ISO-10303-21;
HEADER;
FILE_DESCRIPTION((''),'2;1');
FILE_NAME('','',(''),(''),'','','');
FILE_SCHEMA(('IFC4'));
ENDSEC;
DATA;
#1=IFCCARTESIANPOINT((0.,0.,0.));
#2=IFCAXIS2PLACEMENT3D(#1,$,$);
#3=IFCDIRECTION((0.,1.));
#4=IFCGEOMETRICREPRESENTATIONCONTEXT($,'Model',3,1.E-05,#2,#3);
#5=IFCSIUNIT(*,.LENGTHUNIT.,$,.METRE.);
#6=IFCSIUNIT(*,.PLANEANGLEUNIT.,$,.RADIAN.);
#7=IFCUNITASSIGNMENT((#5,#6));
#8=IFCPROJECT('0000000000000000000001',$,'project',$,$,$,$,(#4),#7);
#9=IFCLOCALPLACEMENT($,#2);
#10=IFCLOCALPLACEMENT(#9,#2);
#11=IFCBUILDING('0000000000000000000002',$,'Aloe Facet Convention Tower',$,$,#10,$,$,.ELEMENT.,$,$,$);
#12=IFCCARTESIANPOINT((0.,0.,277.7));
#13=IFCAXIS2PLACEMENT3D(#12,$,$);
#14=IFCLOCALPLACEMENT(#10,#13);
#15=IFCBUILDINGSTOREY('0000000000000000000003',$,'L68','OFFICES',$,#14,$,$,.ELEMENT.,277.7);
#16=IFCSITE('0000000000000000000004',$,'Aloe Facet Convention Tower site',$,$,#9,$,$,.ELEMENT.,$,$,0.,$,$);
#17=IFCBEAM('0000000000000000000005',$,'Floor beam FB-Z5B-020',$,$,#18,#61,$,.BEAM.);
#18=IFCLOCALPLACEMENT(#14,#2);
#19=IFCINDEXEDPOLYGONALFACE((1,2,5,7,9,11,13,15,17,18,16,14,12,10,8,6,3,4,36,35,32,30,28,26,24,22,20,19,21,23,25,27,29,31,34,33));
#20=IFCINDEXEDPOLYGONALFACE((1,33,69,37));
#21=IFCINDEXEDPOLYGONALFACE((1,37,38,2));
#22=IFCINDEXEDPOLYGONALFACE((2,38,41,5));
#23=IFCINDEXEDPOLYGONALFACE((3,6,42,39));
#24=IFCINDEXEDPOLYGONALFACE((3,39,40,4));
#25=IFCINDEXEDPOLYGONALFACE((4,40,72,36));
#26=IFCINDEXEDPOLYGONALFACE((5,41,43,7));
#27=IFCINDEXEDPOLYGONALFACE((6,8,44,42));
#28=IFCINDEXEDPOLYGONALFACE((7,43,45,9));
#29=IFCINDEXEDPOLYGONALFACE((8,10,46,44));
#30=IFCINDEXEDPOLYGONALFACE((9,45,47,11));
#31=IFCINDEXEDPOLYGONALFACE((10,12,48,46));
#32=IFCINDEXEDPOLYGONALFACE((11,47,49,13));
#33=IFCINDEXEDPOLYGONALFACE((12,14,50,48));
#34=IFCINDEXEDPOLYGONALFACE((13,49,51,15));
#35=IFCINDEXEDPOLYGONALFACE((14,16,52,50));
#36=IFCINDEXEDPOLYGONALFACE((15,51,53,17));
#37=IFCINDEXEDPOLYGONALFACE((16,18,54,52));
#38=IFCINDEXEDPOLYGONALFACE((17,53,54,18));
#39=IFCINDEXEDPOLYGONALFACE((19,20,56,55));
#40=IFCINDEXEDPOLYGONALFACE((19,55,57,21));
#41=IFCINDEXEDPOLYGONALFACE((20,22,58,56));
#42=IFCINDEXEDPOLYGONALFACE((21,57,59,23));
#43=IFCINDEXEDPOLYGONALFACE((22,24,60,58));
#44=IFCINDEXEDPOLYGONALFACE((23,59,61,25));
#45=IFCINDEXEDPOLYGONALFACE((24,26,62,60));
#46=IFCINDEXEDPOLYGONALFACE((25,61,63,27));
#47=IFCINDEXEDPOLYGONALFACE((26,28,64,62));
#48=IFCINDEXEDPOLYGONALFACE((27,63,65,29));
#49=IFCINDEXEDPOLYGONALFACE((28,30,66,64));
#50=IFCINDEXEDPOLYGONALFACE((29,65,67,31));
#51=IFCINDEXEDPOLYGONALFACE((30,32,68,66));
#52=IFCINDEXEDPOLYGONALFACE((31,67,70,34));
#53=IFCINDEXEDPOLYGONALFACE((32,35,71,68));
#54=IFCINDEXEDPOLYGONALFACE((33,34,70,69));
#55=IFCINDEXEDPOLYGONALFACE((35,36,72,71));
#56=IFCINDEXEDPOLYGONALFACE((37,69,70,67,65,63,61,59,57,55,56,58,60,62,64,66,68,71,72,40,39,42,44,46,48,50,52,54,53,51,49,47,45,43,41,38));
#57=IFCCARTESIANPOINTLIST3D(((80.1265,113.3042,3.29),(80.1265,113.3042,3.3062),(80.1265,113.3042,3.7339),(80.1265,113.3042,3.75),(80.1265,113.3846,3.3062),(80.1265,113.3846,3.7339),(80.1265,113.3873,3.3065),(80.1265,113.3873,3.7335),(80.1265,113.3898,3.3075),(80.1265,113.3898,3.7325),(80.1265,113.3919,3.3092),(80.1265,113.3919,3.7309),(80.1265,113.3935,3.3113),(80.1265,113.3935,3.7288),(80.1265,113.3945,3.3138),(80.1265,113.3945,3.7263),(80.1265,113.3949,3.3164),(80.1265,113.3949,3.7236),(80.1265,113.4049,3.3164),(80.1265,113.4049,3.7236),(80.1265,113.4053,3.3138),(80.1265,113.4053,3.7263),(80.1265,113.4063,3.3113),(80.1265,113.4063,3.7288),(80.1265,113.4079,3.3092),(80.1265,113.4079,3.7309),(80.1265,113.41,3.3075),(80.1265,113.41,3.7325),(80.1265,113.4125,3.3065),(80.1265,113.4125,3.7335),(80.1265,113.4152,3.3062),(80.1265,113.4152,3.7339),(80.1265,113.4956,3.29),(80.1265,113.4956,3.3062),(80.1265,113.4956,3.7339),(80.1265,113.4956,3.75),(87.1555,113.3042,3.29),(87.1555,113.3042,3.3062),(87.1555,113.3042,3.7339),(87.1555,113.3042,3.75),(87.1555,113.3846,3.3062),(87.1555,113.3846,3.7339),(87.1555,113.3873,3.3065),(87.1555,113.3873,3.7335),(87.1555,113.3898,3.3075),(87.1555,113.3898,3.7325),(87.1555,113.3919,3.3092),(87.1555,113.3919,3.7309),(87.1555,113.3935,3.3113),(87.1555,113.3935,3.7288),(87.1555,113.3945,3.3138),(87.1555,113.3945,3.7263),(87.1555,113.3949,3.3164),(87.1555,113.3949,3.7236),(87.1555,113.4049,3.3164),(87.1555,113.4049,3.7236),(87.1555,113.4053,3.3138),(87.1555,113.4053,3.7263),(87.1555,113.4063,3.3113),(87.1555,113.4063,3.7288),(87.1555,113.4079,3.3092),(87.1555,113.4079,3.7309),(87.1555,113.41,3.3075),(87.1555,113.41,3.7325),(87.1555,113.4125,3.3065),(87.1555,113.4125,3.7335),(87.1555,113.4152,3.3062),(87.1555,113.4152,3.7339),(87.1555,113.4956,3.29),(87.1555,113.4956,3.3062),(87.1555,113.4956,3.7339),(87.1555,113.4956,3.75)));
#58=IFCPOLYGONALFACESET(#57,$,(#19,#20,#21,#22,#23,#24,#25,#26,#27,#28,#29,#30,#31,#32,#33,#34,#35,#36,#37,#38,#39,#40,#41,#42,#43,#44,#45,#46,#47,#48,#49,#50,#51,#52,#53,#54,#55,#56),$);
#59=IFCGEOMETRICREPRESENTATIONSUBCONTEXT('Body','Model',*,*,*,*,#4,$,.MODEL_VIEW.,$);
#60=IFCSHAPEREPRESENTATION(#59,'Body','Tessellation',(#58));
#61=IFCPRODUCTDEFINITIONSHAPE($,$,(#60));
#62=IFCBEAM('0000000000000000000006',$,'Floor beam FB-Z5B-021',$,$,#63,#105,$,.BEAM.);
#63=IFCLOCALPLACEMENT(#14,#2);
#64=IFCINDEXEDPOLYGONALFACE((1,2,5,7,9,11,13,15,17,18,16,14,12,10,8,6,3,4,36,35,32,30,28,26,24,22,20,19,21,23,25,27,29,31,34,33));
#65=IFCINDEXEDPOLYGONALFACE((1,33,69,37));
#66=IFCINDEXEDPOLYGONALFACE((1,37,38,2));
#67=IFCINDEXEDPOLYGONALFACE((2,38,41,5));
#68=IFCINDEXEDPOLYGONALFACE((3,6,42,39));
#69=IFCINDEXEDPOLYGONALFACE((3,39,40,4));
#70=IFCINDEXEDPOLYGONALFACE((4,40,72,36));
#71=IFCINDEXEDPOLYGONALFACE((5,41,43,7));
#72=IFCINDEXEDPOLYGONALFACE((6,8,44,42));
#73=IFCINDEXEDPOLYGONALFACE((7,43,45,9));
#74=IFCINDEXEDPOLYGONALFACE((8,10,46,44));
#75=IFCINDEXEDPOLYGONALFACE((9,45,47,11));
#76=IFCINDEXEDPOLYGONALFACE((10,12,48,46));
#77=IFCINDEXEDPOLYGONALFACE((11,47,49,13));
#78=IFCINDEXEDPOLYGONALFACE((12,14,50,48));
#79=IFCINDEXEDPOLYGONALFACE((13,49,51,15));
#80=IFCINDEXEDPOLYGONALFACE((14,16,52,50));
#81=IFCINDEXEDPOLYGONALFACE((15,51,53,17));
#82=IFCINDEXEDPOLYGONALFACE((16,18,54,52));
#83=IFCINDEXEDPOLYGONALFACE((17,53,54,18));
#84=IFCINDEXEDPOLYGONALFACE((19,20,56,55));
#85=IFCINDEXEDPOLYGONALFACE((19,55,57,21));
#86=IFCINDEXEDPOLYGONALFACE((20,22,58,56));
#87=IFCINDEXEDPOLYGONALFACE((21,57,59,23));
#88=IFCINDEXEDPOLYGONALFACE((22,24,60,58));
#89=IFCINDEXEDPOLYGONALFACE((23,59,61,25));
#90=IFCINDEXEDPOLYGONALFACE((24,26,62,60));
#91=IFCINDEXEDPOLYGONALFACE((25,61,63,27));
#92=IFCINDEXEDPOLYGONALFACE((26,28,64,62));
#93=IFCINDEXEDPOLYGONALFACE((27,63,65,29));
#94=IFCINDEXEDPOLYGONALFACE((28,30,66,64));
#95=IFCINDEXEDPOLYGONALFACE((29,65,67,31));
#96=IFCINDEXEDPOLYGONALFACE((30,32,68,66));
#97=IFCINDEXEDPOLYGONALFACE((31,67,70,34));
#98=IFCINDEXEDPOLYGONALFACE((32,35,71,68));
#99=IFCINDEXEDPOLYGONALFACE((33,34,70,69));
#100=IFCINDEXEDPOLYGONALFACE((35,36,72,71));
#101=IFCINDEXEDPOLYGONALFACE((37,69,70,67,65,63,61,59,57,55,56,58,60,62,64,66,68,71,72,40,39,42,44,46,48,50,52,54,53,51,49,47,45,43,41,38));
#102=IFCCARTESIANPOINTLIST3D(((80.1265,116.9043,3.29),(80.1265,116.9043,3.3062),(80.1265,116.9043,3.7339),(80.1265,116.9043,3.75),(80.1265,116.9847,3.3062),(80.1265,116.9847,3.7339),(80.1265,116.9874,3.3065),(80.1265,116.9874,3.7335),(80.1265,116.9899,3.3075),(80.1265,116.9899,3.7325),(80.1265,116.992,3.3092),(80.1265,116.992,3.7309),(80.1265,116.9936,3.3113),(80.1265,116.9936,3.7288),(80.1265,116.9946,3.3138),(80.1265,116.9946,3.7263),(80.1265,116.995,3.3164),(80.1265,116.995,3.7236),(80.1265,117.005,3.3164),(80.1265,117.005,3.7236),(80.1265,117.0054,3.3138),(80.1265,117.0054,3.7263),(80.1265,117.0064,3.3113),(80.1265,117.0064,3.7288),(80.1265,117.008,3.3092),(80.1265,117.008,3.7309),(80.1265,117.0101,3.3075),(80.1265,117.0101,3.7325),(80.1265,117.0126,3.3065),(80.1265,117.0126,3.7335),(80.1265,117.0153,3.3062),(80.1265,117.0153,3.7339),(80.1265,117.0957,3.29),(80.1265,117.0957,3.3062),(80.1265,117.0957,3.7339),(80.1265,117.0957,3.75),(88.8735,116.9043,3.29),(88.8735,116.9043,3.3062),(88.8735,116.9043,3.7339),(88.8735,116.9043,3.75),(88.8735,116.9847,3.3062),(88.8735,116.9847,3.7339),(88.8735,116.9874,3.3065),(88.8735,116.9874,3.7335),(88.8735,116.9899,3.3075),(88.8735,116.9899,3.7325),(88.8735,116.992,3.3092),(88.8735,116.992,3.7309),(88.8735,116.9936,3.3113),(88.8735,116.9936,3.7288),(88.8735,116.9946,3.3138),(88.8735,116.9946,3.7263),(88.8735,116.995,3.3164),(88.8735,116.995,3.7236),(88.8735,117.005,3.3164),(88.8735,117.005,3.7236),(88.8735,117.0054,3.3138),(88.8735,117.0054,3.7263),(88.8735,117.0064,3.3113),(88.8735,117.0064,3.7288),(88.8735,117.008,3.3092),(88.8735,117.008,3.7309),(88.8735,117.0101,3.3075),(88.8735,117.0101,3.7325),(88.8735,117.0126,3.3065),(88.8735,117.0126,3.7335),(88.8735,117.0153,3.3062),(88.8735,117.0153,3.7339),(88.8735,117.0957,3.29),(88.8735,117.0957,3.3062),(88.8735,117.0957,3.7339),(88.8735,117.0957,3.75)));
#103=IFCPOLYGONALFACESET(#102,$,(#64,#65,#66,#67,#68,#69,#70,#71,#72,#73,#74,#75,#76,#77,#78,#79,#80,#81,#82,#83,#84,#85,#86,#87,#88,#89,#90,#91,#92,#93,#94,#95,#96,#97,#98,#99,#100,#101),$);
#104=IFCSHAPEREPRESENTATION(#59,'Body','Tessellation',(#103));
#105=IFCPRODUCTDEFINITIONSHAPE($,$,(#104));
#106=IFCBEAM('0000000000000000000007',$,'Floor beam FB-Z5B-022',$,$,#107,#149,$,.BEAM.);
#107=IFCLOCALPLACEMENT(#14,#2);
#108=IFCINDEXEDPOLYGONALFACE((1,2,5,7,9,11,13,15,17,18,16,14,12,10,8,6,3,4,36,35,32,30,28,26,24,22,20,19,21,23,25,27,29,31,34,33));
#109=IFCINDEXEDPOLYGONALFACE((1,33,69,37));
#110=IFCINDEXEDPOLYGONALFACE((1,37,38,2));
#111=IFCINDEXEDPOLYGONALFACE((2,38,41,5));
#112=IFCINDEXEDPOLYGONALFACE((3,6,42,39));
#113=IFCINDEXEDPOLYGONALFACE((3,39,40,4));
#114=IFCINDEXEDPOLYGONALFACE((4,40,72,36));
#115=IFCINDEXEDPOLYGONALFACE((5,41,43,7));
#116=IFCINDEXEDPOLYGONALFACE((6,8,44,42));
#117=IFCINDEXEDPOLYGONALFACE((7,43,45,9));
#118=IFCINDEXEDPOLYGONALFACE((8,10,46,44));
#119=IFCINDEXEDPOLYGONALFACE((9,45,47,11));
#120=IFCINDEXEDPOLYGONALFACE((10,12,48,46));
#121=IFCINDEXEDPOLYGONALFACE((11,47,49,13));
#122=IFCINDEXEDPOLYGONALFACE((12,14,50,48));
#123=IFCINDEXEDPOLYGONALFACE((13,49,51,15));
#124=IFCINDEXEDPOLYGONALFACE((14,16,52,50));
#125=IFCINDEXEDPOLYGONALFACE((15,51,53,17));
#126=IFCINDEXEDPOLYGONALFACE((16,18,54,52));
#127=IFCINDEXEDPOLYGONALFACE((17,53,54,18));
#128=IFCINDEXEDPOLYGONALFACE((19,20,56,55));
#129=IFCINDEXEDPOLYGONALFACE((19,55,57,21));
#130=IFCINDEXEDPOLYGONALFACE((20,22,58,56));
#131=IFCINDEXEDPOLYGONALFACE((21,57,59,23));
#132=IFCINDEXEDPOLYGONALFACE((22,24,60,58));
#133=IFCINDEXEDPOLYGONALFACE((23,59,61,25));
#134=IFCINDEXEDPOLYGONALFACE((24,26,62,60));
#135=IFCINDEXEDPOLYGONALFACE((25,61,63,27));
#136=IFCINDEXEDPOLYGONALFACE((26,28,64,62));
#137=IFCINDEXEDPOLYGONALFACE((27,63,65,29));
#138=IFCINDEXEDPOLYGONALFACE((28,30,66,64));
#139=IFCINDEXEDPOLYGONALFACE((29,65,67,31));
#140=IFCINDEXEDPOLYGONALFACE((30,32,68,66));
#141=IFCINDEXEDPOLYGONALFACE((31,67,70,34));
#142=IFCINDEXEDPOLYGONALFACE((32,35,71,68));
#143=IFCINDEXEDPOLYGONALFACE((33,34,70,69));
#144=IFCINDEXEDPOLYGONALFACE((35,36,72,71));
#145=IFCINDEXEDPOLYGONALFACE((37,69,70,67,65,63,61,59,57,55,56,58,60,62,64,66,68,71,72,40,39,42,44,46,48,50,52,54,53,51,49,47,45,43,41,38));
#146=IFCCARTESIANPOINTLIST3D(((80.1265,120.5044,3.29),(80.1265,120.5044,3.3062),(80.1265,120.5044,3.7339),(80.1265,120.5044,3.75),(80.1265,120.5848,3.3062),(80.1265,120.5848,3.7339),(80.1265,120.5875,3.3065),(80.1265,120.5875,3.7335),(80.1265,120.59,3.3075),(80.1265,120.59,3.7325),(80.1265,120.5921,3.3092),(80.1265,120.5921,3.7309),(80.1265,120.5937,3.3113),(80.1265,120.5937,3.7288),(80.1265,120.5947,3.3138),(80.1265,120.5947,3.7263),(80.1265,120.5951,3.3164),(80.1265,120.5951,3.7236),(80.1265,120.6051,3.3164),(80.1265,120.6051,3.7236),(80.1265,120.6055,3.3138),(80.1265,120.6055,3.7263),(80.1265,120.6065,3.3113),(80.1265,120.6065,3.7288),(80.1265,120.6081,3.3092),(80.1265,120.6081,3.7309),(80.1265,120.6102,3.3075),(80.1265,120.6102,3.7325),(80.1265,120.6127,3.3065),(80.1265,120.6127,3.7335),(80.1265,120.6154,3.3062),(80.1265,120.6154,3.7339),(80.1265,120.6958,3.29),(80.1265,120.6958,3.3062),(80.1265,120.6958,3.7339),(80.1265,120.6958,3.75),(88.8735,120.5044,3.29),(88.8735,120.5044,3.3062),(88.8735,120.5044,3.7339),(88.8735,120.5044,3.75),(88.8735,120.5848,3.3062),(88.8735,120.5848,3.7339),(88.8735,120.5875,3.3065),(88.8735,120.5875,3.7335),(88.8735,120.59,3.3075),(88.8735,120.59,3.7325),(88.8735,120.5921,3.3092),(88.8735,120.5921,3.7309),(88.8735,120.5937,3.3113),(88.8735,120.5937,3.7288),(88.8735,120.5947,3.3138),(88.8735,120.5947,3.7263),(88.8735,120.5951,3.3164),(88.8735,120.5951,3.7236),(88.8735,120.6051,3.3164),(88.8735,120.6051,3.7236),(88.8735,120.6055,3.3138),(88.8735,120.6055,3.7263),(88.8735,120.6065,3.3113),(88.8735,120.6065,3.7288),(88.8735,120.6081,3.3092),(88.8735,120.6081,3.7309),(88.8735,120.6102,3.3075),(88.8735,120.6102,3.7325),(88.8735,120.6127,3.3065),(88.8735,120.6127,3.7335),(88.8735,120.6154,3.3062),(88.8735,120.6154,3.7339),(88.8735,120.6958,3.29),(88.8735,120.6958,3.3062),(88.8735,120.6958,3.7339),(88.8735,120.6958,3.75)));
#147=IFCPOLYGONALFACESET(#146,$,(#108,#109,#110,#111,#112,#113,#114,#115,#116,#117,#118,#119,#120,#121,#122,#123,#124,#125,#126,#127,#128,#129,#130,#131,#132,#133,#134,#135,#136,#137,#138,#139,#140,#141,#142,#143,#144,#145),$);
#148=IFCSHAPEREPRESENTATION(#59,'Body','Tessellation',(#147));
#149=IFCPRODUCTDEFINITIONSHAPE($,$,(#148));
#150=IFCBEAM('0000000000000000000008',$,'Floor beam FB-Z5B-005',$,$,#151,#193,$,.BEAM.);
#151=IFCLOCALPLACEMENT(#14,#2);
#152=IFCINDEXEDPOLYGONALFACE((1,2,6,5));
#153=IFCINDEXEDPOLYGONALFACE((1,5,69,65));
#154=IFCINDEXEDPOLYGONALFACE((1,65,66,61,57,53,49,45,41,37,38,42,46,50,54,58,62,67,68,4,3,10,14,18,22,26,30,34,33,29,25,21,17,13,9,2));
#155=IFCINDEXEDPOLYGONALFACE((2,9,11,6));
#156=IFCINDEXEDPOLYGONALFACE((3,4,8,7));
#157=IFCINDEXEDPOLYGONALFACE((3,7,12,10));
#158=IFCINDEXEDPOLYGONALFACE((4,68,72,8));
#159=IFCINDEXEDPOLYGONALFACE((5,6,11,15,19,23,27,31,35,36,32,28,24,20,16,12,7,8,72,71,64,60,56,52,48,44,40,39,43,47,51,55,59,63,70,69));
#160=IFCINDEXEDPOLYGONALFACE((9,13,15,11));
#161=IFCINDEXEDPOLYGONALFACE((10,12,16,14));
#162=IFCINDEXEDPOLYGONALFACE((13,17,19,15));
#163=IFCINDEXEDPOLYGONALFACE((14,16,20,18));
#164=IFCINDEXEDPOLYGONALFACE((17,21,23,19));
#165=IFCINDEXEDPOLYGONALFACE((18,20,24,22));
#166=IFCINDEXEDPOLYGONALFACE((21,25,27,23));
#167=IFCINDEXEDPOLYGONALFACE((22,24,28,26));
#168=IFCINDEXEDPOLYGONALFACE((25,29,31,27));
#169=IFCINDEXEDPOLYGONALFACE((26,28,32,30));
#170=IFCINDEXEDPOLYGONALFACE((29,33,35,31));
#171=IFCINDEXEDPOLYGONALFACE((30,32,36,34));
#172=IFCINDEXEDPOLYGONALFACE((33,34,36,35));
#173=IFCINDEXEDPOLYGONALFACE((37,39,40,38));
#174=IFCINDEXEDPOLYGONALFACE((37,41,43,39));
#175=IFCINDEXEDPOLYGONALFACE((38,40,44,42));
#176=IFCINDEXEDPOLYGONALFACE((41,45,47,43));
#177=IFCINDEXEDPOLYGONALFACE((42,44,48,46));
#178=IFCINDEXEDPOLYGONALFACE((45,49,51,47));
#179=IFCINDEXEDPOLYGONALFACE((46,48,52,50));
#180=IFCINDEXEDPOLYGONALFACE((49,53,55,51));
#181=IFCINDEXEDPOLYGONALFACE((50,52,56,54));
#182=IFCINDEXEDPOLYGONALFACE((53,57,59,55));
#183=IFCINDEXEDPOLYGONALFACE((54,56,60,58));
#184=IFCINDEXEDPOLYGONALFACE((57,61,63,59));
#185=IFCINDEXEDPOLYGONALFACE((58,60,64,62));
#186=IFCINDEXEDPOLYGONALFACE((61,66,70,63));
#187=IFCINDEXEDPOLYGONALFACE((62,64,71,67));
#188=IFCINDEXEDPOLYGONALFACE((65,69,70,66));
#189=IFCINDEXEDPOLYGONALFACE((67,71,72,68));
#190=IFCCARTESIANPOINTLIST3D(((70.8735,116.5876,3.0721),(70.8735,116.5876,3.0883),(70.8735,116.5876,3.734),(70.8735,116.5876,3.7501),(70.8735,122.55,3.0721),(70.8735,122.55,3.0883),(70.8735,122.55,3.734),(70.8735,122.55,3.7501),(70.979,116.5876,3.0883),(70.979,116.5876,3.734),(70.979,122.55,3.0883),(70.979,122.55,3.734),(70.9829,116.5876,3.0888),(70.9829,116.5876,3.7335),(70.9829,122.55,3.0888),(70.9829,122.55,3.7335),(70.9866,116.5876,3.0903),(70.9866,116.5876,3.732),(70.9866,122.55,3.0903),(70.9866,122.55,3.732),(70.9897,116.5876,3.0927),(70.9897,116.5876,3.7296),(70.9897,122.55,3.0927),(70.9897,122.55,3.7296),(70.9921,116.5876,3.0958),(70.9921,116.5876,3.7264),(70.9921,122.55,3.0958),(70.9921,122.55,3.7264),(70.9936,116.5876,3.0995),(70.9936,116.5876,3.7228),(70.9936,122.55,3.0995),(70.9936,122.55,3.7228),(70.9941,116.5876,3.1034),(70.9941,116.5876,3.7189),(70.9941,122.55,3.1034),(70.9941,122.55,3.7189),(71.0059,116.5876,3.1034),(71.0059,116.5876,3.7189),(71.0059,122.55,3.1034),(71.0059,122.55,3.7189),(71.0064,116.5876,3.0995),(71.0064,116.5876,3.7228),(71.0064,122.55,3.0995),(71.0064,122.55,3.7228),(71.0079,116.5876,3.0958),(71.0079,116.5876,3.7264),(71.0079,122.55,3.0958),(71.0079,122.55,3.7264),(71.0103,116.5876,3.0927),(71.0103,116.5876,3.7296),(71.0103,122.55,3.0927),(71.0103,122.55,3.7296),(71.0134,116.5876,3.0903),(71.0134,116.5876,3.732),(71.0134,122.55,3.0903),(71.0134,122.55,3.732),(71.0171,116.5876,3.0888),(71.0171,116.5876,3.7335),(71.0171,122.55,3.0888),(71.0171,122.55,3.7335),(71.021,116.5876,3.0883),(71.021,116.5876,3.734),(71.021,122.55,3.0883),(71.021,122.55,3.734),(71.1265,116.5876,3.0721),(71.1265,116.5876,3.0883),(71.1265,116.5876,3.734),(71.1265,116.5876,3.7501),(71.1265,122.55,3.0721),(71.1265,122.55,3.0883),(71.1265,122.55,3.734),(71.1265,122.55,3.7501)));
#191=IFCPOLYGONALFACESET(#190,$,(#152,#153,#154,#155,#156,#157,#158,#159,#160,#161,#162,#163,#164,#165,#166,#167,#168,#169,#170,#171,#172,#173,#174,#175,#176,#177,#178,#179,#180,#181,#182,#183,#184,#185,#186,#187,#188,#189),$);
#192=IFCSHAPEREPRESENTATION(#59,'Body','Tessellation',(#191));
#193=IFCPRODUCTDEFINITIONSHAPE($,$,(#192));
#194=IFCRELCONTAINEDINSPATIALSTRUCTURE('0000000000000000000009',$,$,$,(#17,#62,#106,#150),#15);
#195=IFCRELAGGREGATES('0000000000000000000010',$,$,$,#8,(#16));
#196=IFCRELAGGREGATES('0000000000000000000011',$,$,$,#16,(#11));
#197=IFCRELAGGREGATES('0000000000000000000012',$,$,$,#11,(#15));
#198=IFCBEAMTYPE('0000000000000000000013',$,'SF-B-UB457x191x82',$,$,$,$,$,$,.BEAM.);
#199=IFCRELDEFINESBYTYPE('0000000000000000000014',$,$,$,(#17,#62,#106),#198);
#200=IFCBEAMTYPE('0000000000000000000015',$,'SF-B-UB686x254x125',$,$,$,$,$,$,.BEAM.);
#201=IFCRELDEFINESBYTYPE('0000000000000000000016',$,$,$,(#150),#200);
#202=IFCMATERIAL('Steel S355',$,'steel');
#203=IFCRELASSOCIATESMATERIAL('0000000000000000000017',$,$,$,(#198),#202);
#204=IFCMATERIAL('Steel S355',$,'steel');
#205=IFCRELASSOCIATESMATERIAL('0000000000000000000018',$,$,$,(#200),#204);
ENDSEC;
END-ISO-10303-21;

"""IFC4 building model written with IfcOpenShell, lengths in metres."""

from ifc_helpers import new_model, si_unit, direction, frame, origin, origin_2d, place, context, subcontext, project, spatial, i_section, extrude, material, material_profile, profile_set, type_object, element, save


model = new_model("IFC4")

# Units and contexts
model_context = context("Model", 3, precision=1e-05, world=origin(), true_north=direction((0.0, 1.0)))
body_context = subcontext(model_context, "Body", "Model", "MODEL_VIEW")
ifc_project = project(units=[si_unit("LENGTHUNIT", "METRE"), si_unit("PLANEANGLEUNIT", "RADIAN")], contexts=[model_context])

# Site, building, storey
site_placement = place(None, origin())
site = spatial("IfcSite", under=ifc_project, at=site_placement, Name="Aloe Facet Convention Tower site", CompositionType="ELEMENT", RefElevation=0.0)
building_placement = place(site_placement, origin())
building = spatial("IfcBuilding", under=site, at=building_placement, Name="Aloe Facet Convention Tower", CompositionType="ELEMENT")
storey_placement = place(building_placement, frame((0.0, 0.0, 277.7)))
storey = spatial("IfcBuildingStorey", under=building, at=storey_placement, Name="L68", Description="OFFICES", CompositionType="ELEMENT", Elevation=277.7)

# Beams
ifc_material_1 = material(Name="Steel S355", Category="steel")
ifc_material_profile_1 = material_profile(ifc_material_1, i_section(OverallWidth=0.1914, OverallDepth=0.46, WebThickness=0.01, FlangeThickness=0.0161, FilletRadius=0.0103, at=origin_2d()), Name="UB 457x191x82")
ifc_profile_set_1 = profile_set([ifc_material_profile_1], Name="Steel S355")
beam_type_1 = type_object("IfcBeamType", Name="SF-B-UB457x191x82", PredefinedType="BEAM", material=ifc_profile_set_1)
for number, where, z_axis, x_axis, name in (
    (1, (80.1265, 113.3999, 3.52), (1.0, 0.0, 0.0), (0.0, 1.0, 0.0), "Floor beam FB-Z5B-020"),
):
    element("IfcBeam", number, at=place(storey_placement, frame(where, z_axis=z_axis, x_axis=x_axis)), inside=storey, type_object=beam_type_1, Name=name, PredefinedType="BEAM", context=body_context, shape_type="SweptSolid", body=[
        extrude(i_section(OverallWidth=0.1914, OverallDepth=0.46, WebThickness=0.01, FlangeThickness=0.0161, FilletRadius=0.0103, at=origin_2d()), origin(), (0.0, 0.0, 1.0), 7.0291),
    ])
for number, where, z_axis, x_axis, name in (
    (2, (80.1265, 117.0, 3.52), (1.0, 0.0, 0.0), (0.0, 1.0, 0.0), "Floor beam FB-Z5B-021"),
    (3, (80.1265, 120.6001, 3.52), (1.0, 0.0, 0.0), (0.0, 1.0, 0.0), "Floor beam FB-Z5B-022"),
):
    element("IfcBeam", number, at=place(storey_placement, frame(where, z_axis=z_axis, x_axis=x_axis)), inside=storey, type_object=beam_type_1, Name=name, PredefinedType="BEAM", context=body_context, shape_type="SweptSolid", body=[
        extrude(i_section(OverallWidth=0.1914, OverallDepth=0.46, WebThickness=0.01, FlangeThickness=0.0161, FilletRadius=0.0103, at=origin_2d()), origin(), (0.0, 0.0, 1.0), 8.7471),
    ])
ifc_material_2 = material(Name="Steel S355", Category="steel")
ifc_material_profile_2 = material_profile(ifc_material_2, i_section(OverallWidth=0.2529, OverallDepth=0.678, WebThickness=0.0117, FlangeThickness=0.0161, FilletRadius=0.0151, at=origin_2d()), Name="UB 686x254x125")
ifc_profile_set_2 = profile_set([ifc_material_profile_2], Name="Steel S355")
beam_type_2 = type_object("IfcBeamType", Name="SF-B-UB686x254x125", PredefinedType="BEAM", material=ifc_profile_set_2)
beam_1_placement = place(storey_placement, frame((71.0, 122.55, 3.4111), z_axis=(0.0, -1.0, 0.0), x_axis=(1.0, 0.0, 0.0)))
element("IfcBeam", 4, at=beam_1_placement, inside=storey, type_object=beam_type_2, Name="Floor beam FB-Z5B-005", PredefinedType="BEAM", context=body_context, shape_type="SweptSolid", body=[
    extrude(i_section(OverallWidth=0.2529, OverallDepth=0.678, WebThickness=0.0117, FlangeThickness=0.0161, FilletRadius=0.0151, at=origin_2d()), origin(), (0.0, 0.0, 1.0), 5.9624),
])

save(model, "model.ifc")
